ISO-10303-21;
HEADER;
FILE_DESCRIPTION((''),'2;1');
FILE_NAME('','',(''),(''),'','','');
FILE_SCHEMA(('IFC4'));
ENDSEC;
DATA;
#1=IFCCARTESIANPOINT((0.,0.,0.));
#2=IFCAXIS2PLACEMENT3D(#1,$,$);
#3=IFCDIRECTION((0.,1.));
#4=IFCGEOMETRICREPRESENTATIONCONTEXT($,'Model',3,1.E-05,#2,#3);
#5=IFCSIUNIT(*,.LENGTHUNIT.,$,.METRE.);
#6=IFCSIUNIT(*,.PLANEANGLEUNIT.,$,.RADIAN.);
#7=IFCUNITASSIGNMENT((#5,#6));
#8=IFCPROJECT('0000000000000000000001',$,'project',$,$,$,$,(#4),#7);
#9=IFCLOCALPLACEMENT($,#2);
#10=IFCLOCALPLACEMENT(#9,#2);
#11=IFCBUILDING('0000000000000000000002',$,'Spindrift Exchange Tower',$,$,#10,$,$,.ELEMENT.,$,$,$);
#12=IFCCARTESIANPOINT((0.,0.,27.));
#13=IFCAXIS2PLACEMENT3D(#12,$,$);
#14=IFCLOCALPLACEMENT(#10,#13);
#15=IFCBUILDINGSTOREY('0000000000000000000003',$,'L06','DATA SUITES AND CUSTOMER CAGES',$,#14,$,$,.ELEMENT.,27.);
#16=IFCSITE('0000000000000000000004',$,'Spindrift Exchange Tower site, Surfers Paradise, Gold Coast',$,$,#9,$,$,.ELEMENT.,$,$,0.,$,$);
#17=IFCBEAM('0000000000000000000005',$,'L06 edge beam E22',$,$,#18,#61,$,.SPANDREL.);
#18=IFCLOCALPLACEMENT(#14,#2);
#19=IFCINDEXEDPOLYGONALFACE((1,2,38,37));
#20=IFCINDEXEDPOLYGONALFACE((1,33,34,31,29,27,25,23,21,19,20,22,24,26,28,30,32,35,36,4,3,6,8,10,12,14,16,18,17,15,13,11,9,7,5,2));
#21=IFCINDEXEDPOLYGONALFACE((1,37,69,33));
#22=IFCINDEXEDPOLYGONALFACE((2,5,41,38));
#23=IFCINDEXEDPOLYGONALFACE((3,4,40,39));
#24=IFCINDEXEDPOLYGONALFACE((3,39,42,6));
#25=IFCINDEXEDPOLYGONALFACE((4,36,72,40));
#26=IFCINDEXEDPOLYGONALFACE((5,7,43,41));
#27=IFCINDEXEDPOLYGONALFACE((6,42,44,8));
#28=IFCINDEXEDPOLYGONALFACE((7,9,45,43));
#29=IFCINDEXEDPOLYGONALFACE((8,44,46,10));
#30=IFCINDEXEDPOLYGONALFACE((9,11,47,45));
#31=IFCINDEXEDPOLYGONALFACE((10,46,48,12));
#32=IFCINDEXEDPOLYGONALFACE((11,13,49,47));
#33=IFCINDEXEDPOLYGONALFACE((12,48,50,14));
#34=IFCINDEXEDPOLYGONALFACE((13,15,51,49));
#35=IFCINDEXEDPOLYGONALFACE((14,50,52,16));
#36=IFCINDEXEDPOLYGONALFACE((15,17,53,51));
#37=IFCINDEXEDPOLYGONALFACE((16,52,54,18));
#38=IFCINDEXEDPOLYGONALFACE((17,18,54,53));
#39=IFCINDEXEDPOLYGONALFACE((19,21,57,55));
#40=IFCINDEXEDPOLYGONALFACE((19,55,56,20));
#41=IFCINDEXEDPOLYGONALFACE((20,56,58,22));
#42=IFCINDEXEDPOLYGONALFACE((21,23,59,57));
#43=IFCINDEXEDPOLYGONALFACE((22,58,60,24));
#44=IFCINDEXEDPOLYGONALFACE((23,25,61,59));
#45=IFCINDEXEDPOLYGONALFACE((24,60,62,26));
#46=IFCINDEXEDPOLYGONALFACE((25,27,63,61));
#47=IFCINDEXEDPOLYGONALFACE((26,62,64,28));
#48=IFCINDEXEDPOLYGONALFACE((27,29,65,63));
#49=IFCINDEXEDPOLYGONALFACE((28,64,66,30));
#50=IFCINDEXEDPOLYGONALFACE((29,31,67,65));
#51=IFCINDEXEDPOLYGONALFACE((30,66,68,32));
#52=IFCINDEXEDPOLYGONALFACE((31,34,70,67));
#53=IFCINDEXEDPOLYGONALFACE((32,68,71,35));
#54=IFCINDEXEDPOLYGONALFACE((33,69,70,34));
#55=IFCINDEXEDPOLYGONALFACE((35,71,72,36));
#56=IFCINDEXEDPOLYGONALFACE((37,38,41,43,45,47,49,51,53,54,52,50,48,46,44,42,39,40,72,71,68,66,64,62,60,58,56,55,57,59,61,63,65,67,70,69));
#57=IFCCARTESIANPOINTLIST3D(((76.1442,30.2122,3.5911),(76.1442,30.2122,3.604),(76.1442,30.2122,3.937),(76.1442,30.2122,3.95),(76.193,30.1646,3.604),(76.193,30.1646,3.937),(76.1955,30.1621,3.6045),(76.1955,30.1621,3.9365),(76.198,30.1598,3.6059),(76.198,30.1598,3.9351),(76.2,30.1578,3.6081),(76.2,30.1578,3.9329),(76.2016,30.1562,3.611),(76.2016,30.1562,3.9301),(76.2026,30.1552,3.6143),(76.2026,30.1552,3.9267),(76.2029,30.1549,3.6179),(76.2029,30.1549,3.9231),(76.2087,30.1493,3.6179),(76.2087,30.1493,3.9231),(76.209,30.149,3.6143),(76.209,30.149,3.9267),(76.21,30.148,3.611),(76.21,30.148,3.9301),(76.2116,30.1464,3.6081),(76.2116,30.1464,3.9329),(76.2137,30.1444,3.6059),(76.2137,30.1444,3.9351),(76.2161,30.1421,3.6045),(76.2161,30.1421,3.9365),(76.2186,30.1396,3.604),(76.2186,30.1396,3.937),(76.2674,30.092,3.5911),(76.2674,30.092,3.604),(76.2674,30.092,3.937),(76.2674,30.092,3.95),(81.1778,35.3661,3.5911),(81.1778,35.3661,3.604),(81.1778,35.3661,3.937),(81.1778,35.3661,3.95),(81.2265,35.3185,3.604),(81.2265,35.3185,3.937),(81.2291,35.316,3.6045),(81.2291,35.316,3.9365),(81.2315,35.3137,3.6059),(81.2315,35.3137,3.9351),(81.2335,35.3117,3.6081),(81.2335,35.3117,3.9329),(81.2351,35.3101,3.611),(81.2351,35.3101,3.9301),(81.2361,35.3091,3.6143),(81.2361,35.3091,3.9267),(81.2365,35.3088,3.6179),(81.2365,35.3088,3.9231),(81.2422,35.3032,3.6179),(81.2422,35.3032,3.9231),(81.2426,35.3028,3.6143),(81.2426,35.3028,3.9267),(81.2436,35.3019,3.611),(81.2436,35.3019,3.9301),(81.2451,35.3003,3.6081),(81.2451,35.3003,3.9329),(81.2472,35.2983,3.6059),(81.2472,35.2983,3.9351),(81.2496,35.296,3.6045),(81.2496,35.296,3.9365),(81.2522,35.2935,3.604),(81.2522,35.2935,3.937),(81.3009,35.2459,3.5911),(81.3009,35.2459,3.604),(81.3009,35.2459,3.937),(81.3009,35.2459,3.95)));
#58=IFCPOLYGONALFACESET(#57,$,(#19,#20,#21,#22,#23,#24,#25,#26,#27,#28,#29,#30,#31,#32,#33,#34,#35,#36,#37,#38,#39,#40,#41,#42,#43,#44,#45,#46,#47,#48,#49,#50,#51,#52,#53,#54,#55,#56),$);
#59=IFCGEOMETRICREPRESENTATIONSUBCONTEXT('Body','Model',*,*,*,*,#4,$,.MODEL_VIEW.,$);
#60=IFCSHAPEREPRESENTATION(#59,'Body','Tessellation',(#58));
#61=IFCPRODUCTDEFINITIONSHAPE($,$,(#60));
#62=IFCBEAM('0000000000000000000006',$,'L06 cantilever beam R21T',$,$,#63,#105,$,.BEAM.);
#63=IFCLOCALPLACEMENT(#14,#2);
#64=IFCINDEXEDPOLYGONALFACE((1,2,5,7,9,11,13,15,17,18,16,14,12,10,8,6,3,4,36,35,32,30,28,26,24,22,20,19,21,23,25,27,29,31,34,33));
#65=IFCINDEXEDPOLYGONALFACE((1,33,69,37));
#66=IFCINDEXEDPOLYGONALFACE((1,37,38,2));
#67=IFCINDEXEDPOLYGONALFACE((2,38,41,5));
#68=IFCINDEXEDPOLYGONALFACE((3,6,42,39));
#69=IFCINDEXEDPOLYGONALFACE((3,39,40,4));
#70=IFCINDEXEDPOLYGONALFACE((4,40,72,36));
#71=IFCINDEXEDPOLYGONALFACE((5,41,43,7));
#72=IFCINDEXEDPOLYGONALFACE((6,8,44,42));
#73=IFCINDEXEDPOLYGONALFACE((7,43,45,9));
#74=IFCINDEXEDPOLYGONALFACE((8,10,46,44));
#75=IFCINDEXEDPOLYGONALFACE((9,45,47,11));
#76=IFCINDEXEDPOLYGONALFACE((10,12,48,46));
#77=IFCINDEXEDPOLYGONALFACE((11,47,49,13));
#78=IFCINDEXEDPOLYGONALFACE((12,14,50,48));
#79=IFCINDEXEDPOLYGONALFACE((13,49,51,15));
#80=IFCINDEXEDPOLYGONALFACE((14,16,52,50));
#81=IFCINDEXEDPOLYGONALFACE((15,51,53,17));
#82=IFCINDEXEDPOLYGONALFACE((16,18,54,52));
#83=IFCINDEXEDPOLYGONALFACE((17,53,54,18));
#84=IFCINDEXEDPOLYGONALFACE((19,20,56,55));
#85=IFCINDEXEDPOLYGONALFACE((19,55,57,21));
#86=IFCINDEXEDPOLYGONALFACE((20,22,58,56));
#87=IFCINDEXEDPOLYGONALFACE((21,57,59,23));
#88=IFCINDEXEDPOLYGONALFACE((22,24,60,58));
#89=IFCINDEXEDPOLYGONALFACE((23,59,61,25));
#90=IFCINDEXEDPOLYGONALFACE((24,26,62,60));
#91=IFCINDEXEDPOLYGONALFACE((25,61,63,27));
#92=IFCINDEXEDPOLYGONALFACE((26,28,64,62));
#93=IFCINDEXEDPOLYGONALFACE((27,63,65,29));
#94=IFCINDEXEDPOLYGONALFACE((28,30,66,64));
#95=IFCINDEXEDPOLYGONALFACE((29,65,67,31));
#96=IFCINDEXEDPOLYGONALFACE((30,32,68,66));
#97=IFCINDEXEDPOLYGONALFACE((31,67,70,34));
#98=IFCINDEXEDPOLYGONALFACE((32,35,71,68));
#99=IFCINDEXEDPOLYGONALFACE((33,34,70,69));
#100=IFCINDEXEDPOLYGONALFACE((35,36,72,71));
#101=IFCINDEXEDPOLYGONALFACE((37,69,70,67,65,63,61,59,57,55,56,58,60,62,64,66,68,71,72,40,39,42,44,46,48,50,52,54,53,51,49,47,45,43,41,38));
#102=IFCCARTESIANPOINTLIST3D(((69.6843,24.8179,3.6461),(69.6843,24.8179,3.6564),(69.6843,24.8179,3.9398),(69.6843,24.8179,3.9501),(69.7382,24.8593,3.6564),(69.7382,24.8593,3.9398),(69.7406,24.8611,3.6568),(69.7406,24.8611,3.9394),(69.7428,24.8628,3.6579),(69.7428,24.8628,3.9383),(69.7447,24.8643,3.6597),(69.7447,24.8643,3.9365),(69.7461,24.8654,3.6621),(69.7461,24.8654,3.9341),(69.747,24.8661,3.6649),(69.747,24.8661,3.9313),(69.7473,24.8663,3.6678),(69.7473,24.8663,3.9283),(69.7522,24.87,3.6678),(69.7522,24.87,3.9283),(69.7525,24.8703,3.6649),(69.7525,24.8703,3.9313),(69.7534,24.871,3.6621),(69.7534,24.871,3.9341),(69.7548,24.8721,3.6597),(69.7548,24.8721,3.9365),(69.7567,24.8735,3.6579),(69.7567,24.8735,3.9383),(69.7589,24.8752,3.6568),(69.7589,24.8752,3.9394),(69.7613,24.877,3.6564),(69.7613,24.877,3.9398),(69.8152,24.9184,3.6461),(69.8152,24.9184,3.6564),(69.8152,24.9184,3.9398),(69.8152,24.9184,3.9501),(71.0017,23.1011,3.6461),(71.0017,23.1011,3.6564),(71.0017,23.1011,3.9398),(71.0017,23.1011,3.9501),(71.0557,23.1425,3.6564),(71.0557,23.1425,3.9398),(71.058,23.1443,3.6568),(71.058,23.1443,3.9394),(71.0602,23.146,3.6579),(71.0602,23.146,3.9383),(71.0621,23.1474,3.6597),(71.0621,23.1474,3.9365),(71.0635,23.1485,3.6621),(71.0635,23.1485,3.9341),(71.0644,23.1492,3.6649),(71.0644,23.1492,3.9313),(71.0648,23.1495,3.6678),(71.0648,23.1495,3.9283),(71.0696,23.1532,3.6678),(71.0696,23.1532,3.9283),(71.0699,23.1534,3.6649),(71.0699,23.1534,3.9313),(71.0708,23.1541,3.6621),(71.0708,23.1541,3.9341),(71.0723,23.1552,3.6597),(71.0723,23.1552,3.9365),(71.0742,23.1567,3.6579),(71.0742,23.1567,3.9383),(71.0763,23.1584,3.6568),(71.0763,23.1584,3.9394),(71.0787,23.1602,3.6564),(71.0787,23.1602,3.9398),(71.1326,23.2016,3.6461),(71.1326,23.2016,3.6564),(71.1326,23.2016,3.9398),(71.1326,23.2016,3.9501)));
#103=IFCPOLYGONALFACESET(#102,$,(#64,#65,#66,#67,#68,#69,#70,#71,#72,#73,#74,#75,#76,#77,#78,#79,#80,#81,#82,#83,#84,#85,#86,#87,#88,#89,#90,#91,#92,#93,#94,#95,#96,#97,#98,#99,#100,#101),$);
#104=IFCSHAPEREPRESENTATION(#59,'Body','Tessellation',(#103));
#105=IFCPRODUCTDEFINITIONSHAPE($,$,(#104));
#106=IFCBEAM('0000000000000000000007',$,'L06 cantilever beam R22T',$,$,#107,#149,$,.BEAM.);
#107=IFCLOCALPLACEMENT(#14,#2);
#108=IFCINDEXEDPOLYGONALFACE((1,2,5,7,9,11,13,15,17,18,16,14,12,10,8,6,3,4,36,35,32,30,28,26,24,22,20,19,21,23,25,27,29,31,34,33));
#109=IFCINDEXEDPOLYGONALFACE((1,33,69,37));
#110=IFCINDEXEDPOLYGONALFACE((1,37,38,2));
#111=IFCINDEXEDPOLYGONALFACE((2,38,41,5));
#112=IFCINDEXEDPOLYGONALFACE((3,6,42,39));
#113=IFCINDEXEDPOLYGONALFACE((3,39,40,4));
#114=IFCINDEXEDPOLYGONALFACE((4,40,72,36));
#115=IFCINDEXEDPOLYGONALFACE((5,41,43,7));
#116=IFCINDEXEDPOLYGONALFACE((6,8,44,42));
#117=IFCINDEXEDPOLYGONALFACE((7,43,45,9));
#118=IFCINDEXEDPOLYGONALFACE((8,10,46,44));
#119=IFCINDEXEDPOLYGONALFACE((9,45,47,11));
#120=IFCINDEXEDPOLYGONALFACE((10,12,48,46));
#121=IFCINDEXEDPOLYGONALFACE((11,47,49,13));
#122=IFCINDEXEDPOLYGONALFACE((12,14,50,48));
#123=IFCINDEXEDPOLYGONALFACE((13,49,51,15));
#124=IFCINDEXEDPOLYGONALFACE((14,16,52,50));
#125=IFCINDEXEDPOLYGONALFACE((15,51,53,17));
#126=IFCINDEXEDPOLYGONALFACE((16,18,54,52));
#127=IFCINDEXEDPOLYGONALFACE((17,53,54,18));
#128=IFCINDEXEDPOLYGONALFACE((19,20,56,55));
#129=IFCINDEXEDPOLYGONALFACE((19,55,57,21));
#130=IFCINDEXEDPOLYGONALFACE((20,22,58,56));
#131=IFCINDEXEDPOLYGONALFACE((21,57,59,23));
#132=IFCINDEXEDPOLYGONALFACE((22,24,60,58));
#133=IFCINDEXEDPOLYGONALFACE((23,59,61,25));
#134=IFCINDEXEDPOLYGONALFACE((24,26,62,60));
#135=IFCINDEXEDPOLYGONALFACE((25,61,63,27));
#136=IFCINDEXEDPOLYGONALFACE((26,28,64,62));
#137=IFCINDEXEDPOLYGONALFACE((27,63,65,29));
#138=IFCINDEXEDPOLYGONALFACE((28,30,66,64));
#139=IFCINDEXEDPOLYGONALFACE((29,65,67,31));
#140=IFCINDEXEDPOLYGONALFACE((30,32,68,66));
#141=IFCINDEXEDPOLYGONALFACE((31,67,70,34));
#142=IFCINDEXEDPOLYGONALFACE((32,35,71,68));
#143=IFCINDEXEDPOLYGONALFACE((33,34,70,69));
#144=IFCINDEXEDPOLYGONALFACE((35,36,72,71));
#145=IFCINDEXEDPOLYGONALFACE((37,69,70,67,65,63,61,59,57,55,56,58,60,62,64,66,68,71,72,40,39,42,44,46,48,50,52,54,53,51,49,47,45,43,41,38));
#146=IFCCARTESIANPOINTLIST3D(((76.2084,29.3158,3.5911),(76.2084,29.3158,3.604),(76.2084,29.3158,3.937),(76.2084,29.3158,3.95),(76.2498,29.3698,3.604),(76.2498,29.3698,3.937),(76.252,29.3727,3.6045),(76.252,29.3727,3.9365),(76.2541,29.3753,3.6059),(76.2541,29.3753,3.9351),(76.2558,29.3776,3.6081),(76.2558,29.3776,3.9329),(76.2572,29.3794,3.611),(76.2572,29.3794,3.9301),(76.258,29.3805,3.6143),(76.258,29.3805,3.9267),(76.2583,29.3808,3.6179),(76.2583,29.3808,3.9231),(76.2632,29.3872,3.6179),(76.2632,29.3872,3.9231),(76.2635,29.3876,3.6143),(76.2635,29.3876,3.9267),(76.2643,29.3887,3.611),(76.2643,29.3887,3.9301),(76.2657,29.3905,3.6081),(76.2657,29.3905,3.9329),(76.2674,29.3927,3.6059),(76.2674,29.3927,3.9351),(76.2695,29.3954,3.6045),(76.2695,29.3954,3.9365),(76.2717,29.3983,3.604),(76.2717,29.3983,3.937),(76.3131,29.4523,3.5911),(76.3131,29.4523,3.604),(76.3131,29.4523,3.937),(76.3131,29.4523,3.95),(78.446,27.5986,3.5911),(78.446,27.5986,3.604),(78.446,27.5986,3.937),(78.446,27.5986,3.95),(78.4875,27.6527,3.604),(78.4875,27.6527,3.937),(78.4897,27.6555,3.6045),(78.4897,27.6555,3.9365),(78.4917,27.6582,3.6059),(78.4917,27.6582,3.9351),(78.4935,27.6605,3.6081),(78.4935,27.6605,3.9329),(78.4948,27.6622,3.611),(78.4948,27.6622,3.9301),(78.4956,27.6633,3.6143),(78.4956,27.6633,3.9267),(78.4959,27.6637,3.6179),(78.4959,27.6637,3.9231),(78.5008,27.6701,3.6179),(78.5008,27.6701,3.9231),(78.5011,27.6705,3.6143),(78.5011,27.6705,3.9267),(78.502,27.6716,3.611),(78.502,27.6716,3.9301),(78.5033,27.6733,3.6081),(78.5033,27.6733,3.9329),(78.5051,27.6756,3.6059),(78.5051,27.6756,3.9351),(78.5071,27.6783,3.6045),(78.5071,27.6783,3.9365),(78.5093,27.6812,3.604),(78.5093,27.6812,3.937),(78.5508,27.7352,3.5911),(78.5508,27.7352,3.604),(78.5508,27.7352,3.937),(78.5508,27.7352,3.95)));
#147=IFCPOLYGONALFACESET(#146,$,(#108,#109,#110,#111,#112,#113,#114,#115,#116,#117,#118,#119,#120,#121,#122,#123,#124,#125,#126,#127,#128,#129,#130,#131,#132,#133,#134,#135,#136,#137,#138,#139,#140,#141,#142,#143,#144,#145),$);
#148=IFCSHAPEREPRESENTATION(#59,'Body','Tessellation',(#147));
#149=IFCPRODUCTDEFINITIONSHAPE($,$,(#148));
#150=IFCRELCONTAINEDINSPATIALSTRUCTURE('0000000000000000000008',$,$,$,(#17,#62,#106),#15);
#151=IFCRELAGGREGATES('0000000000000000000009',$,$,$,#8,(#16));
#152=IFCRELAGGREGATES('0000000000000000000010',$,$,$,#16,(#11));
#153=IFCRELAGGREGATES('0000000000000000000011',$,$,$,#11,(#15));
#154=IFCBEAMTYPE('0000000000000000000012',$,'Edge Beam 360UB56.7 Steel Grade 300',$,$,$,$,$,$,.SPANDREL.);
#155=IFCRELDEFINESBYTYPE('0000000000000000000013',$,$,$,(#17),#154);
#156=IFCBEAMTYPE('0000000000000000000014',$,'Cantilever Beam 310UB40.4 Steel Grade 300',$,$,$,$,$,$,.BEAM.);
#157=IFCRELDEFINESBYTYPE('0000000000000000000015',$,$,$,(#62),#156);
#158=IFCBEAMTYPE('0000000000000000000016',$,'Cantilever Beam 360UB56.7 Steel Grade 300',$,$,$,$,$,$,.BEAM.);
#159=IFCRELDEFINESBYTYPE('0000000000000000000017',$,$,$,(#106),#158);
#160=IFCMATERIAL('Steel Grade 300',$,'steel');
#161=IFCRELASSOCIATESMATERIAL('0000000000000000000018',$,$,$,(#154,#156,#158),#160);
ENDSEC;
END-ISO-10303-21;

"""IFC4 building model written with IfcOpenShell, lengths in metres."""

from ifc_helpers import new_model, si_unit, direction, frame, origin, origin_2d, place, context, subcontext, project, spatial, i_section, extrude, source, transform, mapped, material, material_profile, profile_set, type_object, element, save


model = new_model("IFC4")

# Units and contexts
model_context = context("Model", 3, precision=1e-05, world=origin(), true_north=direction((0.0, 1.0)))
body_context = subcontext(model_context, "Body", "Model", "MODEL_VIEW")
ifc_project = project(units=[si_unit("LENGTHUNIT", "METRE"), si_unit("PLANEANGLEUNIT", "RADIAN")], contexts=[model_context])

# Site, building, storey
site_placement = place(None, origin())
site = spatial("IfcSite", under=ifc_project, at=site_placement, Name="Spindrift Exchange Tower site, Surfers Paradise, Gold Coast", CompositionType="ELEMENT", RefElevation=0.0)
building_placement = place(site_placement, origin())
building = spatial("IfcBuilding", under=site, at=building_placement, Name="Spindrift Exchange Tower", CompositionType="ELEMENT")
storey_placement = place(building_placement, frame((0.0, 0.0, 27.0)))
storey = spatial("IfcBuildingStorey", under=building, at=storey_placement, Name="L06", Description="DATA SUITES AND CUSTOMER CAGES", CompositionType="ELEMENT", Elevation=27.0)

# Beams
ifc_material_1 = material(Name="Steel Grade 300", Category="steel")
ifc_material_profile_1 = material_profile(ifc_material_1, i_section(OverallWidth=0.1721, OverallDepth=0.3589, WebThickness=0.0081, FlangeThickness=0.0129, FilletRadius=0.0139, at=origin_2d()), Name="360UB56.7")
ifc_profile_set_1 = profile_set([ifc_material_profile_1], Name="Steel Grade 300")
beam_type_1 = type_object("IfcBeamType", Name="Edge Beam 360UB56.7 Steel Grade 300", PredefinedType="SPANDREL", material=ifc_profile_set_1)
shared_shape_1 = source(origin(), body_context, "Body", "SweptSolid", [
    extrude(i_section(OverallWidth=0.1721, OverallDepth=0.3589, WebThickness=0.0081, FlangeThickness=0.0129, FilletRadius=0.0139, at=origin_2d()), origin(), (0.0, 0.0, 1.0), 7.2041),
])
beam_1_placement = place(storey_placement, frame((76.2058, 30.1521, 3.7705), z_axis=(0.698704, 0.715411, 0.0), x_axis=(-0.715411, 0.698704, 0.0)))
element("IfcBeam", 1, at=beam_1_placement, inside=storey, type_object=beam_type_1, Name="L06 edge beam E22", PredefinedType="SPANDREL", context=body_context, shape_type="MappedRepresentation", body=[
    mapped(shared_shape_1, transform((0.0, 0.0, 0.0), scale=1.0)),
])
ifc_material_profile_2 = material_profile(ifc_material_1, i_section(OverallWidth=0.165, OverallDepth=0.304, WebThickness=0.0061, FlangeThickness=0.0103, FilletRadius=0.0115, at=origin_2d()), Name="310UB40.4")
ifc_profile_set_2 = profile_set([ifc_material_profile_2], Name="Steel Grade 300")
beam_type_2 = type_object("IfcBeamType", Name="Cantilever Beam 310UB40.4 Steel Grade 300", PredefinedType="BEAM", material=ifc_profile_set_2)
shared_shape_2 = source(origin(), body_context, "Body", "SweptSolid", [
    extrude(i_section(OverallWidth=0.165, OverallDepth=0.304, WebThickness=0.0061, FlangeThickness=0.0103, FilletRadius=0.0115, at=origin_2d()), origin(), (0.0, 0.0, 1.0), 2.1641),
])
beam_2_placement = place(storey_placement, frame((69.7498, 24.8682, 3.7981), z_axis=(0.608773, -0.793345, 0.0), x_axis=(0.793345, 0.608773, 0.0)))
element("IfcBeam", 2, at=beam_2_placement, inside=storey, type_object=beam_type_2, Name="L06 cantilever beam R21T", PredefinedType="BEAM", context=body_context, shape_type="MappedRepresentation", body=[
    mapped(shared_shape_2, transform((0.0, 0.0, 0.0), scale=1.0)),
])
ifc_material_profile_3 = material_profile(ifc_material_1, i_section(OverallWidth=0.1721, OverallDepth=0.3589, WebThickness=0.0081, FlangeThickness=0.0129, FilletRadius=0.0139, at=origin_2d()), Name="360UB56.7")
ifc_profile_set_3 = profile_set([ifc_material_profile_3], Name="Steel Grade 300")
beam_type_3 = type_object("IfcBeamType", Name="Cantilever Beam 360UB56.7 Steel Grade 300", PredefinedType="BEAM", material=ifc_profile_set_3)
shared_shape_3 = source(origin(), body_context, "Body", "SweptSolid", [
    extrude(i_section(OverallWidth=0.1721, OverallDepth=0.3589, WebThickness=0.0081, FlangeThickness=0.0129, FilletRadius=0.0139, at=origin_2d()), origin(), (0.0, 0.0, 1.0), 2.8206),
])
beam_3_placement = place(storey_placement, frame((76.2607, 29.384, 3.7705), z_axis=(0.793335, -0.608786, 0.0), x_axis=(0.608786, 0.793335, 0.0)))
element("IfcBeam", 3, at=beam_3_placement, inside=storey, type_object=beam_type_3, Name="L06 cantilever beam R22T", PredefinedType="BEAM", context=body_context, shape_type="MappedRepresentation", body=[
    mapped(shared_shape_3, transform((0.0, 0.0, 0.0), scale=1.0)),
])

save(model, "model.ifc")
